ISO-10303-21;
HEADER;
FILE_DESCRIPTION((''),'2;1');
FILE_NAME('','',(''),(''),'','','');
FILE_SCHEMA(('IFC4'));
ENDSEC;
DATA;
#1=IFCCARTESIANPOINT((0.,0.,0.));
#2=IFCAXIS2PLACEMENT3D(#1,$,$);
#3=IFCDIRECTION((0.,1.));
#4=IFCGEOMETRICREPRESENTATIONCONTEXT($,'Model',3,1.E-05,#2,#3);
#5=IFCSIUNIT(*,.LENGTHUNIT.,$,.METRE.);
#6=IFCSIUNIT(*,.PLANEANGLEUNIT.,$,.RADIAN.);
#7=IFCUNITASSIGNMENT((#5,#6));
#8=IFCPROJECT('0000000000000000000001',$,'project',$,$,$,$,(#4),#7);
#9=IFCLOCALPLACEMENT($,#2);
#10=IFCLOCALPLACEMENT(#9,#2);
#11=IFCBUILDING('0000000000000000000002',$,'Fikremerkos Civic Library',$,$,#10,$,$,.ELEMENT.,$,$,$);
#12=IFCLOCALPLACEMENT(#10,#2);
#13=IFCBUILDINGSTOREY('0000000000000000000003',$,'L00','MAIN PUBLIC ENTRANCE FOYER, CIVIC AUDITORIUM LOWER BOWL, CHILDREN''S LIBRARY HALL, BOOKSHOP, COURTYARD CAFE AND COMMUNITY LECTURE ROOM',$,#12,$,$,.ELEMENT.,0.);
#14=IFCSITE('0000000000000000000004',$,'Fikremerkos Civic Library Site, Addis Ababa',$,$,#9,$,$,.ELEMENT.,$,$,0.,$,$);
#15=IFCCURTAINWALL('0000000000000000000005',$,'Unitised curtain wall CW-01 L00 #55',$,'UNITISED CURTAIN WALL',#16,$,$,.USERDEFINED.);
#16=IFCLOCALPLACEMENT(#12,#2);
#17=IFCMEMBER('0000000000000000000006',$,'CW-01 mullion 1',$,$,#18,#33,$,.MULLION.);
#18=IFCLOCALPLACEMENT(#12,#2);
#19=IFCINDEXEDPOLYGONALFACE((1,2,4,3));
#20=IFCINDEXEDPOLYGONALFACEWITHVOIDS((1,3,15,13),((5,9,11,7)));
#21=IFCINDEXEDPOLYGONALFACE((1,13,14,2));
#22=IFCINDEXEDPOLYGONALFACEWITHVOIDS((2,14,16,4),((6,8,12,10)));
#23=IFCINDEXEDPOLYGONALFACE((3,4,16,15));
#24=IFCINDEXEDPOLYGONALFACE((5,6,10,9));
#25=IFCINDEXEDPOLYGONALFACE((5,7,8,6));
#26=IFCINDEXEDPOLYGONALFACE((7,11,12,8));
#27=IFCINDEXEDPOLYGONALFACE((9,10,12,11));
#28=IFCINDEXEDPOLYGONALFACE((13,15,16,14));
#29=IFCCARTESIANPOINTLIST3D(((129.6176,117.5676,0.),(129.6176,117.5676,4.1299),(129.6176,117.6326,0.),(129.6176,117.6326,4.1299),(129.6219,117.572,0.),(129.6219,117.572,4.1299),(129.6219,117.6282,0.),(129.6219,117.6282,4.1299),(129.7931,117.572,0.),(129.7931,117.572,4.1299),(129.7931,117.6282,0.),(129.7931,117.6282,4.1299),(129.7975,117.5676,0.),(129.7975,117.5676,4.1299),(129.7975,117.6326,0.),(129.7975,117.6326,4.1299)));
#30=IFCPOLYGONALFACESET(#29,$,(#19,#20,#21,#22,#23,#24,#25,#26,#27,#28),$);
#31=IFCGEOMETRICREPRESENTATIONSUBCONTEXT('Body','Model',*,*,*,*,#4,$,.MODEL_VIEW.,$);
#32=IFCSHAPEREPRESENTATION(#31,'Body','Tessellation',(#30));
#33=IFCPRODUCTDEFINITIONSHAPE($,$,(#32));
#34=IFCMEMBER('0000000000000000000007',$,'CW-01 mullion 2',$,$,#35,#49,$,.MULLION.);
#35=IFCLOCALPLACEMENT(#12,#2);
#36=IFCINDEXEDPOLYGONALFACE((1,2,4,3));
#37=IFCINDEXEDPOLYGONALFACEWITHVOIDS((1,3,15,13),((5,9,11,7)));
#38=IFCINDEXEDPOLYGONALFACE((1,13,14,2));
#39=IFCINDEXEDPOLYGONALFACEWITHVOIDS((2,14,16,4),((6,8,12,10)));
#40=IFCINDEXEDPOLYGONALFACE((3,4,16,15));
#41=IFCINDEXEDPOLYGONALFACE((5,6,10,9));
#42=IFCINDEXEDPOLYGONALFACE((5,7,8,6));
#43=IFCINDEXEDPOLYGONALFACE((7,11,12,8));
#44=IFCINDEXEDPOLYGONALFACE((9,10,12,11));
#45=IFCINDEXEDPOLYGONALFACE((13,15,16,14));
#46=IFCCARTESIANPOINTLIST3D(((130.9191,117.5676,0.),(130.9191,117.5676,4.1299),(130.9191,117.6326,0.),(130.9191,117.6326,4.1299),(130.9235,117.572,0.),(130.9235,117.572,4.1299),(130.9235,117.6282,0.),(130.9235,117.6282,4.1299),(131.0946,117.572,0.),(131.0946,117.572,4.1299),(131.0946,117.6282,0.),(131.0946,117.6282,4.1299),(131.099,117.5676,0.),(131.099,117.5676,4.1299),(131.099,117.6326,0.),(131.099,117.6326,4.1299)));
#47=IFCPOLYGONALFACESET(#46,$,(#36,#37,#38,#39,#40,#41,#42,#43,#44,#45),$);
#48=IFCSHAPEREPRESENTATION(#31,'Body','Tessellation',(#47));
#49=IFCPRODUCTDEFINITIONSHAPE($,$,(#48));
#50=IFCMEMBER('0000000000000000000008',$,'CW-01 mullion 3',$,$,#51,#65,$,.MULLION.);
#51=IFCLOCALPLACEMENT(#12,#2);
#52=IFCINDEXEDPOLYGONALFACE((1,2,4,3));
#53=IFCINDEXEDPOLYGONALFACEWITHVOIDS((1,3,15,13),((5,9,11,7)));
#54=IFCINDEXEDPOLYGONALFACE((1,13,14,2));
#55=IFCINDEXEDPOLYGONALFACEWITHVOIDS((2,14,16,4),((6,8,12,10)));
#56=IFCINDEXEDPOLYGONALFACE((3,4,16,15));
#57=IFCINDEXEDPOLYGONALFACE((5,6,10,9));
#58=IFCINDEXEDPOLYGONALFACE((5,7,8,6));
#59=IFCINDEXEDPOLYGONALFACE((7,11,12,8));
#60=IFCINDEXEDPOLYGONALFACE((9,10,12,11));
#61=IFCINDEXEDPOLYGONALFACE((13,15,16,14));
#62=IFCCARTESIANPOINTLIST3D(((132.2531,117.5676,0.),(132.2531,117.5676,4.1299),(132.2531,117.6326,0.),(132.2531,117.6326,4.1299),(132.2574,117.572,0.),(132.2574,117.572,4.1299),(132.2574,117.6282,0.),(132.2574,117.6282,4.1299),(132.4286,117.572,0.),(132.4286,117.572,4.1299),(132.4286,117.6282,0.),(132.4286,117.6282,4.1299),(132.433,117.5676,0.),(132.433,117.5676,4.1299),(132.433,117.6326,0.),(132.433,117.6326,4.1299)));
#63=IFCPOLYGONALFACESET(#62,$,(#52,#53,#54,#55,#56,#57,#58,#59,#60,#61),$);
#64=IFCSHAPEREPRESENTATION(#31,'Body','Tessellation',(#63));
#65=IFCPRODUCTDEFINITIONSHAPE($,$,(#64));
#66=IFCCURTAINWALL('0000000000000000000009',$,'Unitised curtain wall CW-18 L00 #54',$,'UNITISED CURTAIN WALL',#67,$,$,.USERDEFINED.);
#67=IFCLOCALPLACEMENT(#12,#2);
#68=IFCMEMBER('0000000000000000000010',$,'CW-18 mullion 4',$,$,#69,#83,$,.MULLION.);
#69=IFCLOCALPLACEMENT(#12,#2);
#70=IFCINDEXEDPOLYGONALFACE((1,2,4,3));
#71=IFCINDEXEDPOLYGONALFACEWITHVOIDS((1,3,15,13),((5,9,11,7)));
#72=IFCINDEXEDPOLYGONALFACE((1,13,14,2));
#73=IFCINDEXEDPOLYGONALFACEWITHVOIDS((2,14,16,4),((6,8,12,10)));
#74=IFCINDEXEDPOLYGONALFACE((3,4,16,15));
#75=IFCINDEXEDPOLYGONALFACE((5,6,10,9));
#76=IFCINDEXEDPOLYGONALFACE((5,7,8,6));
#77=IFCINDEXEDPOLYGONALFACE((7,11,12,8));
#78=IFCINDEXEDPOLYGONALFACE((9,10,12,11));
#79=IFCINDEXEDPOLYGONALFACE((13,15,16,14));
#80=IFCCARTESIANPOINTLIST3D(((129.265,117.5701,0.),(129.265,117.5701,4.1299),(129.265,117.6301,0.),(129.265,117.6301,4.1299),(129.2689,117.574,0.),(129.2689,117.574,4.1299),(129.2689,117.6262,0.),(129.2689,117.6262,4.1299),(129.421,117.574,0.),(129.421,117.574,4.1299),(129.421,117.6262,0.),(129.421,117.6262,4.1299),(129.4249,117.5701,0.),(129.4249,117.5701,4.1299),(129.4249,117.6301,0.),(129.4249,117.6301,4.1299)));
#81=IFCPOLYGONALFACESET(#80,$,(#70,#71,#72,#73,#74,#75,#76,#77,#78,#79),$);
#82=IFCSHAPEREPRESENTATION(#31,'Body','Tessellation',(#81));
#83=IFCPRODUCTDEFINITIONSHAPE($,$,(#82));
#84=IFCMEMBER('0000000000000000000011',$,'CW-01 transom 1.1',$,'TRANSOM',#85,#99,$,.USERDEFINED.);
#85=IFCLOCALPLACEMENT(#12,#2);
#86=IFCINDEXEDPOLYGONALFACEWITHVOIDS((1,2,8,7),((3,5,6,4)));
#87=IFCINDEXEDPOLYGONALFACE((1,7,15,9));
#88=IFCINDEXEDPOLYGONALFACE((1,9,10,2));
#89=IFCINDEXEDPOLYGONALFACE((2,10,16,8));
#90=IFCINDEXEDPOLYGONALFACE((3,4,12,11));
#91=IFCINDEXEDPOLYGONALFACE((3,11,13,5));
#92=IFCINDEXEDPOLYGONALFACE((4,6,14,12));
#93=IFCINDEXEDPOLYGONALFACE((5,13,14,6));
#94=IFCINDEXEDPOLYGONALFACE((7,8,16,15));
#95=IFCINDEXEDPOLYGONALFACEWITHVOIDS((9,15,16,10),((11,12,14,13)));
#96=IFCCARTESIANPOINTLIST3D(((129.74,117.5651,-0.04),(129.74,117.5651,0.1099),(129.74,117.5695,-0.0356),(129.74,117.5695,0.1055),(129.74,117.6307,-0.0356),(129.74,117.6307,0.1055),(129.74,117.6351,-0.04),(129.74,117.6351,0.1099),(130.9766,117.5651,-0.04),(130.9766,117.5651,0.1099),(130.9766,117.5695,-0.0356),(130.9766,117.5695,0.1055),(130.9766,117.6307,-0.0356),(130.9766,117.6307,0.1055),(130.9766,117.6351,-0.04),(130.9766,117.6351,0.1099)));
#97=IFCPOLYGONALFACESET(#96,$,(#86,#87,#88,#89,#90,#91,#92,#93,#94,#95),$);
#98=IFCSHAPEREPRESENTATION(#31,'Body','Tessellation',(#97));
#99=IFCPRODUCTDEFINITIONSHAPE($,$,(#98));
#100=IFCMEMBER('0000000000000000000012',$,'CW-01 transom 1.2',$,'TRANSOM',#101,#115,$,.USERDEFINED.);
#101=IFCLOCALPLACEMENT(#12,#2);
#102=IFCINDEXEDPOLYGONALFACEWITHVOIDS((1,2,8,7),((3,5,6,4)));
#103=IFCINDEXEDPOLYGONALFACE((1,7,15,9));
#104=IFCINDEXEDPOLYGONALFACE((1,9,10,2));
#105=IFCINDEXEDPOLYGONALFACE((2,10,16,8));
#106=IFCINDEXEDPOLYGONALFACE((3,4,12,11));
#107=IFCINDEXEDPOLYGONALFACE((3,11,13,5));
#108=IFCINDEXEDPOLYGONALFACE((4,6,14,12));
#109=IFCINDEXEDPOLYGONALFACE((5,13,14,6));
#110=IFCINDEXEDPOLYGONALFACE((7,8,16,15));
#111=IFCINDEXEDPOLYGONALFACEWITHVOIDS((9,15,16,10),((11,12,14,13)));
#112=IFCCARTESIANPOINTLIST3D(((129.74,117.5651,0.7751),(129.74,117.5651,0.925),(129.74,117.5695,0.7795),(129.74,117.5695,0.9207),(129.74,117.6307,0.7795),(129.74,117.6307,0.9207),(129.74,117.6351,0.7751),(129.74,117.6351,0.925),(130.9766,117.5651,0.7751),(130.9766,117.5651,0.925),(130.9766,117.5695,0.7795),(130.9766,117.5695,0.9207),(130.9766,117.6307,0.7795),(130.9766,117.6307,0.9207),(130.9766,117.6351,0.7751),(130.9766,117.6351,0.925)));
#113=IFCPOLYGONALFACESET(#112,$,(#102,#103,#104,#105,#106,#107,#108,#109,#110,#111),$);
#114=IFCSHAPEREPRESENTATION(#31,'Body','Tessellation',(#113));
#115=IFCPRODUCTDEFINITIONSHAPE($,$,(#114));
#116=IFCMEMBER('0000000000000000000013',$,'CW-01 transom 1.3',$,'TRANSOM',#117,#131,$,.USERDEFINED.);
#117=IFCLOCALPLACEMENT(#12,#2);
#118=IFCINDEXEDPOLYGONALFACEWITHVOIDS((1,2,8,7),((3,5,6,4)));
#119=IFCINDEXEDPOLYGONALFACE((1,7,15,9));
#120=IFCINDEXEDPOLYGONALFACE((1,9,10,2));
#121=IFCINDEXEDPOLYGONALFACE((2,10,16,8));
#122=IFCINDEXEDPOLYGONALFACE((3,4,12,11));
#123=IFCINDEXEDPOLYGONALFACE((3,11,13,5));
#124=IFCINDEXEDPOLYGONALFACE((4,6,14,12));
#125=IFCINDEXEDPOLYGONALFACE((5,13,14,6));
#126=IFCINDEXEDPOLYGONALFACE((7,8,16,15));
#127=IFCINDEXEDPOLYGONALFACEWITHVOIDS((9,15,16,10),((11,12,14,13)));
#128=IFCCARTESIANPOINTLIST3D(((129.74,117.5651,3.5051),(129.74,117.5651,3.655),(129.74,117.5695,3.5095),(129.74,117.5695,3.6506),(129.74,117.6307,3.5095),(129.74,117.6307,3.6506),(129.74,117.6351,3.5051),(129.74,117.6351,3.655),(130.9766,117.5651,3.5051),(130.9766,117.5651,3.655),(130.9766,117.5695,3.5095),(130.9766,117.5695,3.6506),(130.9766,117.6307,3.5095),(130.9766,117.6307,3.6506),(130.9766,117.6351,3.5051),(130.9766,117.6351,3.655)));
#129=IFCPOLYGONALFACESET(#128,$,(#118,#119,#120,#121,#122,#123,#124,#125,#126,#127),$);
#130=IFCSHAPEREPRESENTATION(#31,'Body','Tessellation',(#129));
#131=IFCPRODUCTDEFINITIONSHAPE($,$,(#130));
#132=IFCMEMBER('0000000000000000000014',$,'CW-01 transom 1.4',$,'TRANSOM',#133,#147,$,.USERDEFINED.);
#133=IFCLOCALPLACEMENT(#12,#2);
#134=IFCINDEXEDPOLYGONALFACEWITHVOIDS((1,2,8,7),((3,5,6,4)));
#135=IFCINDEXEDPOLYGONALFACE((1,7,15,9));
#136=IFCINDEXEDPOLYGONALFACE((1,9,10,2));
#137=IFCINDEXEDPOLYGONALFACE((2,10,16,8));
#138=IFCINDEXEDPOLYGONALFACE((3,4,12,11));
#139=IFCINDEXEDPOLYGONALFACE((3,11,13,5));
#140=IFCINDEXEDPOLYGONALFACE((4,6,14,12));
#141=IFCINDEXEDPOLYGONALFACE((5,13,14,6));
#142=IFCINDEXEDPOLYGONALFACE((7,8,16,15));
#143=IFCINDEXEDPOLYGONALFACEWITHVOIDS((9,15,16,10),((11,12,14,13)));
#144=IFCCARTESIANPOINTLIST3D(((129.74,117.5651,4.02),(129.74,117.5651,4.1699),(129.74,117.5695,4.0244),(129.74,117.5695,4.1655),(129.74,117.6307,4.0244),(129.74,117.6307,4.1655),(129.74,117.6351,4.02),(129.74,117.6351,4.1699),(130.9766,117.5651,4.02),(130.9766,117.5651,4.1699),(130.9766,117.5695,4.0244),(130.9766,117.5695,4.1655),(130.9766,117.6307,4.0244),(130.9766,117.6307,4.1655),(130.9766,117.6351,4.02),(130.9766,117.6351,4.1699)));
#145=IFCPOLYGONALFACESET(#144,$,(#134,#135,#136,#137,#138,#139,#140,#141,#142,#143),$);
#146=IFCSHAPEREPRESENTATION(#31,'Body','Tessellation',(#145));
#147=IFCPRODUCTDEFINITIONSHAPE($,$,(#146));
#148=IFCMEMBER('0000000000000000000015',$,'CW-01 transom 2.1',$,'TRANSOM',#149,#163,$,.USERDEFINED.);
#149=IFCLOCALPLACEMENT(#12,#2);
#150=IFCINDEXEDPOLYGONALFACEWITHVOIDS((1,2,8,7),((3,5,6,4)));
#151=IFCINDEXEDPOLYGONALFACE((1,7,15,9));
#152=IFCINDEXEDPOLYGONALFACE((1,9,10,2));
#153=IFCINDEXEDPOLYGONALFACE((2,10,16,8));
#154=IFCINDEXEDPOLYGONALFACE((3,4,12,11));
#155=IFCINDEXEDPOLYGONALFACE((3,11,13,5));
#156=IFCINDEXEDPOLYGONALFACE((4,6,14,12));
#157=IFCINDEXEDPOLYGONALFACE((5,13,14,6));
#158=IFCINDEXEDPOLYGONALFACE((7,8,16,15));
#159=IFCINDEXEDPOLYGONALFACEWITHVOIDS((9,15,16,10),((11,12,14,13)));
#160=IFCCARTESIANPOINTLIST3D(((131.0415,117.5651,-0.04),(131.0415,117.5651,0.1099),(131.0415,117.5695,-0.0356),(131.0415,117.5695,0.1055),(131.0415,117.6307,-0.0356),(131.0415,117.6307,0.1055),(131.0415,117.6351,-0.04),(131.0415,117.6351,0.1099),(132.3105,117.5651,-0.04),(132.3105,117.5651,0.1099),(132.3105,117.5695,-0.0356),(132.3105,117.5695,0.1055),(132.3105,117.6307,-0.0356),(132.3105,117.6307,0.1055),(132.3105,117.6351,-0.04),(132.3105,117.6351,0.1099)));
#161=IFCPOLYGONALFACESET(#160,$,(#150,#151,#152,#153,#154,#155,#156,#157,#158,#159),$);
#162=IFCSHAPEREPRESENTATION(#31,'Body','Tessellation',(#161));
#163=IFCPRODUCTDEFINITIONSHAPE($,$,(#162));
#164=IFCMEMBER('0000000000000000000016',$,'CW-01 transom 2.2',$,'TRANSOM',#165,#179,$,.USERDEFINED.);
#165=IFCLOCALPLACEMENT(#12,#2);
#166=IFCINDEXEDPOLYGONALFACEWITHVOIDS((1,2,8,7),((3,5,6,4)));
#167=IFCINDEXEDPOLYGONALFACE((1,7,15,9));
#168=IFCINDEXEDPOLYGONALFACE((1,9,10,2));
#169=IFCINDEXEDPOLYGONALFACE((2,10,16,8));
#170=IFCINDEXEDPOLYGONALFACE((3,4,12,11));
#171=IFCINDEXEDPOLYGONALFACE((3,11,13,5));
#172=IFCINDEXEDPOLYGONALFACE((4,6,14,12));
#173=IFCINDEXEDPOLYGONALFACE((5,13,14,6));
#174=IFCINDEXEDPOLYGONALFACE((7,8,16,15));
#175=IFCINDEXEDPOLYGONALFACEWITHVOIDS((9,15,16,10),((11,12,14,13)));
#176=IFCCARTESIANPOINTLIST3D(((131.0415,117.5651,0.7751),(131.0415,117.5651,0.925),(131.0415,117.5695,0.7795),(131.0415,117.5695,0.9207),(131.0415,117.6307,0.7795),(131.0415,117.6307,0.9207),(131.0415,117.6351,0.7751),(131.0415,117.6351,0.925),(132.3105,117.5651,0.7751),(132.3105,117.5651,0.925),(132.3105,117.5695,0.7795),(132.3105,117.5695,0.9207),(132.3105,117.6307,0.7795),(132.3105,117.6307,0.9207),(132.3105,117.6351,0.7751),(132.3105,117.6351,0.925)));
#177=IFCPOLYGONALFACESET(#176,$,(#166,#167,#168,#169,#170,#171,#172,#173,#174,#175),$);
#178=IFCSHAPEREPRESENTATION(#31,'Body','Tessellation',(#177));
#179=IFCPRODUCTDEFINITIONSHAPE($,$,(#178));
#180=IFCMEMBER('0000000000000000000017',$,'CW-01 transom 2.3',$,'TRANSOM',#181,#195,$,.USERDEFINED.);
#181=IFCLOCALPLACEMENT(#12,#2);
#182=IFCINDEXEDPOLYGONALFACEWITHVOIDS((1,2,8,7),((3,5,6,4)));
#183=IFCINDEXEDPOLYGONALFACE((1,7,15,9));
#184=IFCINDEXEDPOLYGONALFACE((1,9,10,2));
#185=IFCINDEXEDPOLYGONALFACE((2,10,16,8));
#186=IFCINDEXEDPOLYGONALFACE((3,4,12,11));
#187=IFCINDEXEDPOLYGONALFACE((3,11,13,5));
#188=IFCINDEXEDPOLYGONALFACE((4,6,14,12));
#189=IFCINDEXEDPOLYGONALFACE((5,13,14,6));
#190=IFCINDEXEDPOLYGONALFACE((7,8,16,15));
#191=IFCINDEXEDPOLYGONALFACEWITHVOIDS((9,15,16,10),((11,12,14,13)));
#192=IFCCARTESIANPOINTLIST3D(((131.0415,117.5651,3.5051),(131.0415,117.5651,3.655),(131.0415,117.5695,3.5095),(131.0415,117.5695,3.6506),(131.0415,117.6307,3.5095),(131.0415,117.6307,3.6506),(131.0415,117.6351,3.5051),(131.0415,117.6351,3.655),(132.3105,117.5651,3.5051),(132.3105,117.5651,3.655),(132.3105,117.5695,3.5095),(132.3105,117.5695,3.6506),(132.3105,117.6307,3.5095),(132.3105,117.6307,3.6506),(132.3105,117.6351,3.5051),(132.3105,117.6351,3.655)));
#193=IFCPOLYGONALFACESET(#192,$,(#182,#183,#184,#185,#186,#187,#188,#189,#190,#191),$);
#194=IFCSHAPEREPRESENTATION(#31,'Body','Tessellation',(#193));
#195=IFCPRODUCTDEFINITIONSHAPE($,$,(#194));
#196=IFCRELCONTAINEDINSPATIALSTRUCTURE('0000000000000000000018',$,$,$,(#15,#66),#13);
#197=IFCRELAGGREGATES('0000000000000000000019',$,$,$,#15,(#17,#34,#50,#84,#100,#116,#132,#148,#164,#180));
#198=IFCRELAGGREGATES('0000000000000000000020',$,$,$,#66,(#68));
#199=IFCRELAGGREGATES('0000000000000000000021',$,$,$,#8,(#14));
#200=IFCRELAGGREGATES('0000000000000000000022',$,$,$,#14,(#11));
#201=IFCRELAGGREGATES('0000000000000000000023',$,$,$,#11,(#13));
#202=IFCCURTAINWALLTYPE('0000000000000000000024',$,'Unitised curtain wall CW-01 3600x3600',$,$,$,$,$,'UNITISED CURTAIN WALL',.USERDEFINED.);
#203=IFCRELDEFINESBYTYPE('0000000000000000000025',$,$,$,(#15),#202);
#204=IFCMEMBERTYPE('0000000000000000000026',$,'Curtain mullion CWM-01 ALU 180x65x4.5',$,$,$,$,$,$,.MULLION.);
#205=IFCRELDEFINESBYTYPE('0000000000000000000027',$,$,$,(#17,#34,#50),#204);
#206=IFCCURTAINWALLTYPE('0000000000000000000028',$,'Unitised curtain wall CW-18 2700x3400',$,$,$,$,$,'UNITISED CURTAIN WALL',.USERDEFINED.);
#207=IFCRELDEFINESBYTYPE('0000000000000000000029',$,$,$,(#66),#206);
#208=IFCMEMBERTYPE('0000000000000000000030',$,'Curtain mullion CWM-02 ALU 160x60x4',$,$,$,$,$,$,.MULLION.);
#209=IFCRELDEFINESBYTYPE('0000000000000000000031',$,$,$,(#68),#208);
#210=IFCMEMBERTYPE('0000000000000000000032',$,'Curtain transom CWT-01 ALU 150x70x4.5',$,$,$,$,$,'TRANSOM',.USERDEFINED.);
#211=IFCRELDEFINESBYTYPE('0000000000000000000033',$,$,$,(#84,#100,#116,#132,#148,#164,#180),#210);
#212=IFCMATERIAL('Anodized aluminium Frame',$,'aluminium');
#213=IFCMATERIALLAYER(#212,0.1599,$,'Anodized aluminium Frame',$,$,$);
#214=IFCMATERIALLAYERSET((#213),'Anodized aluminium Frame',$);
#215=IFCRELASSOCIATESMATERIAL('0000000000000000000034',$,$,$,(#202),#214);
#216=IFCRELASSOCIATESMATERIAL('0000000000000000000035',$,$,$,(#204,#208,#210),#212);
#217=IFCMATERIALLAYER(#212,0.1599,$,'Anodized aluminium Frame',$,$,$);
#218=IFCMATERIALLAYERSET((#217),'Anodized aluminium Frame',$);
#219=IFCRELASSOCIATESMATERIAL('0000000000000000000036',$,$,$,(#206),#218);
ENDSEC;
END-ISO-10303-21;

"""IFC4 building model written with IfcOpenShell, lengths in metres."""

from ifc_helpers import new_model, si_unit, direction, frame, origin, origin_2d, place, context, subcontext, project, spatial, hollow_rectangle, extrude, material, layer, layer_set, material_profile, profile_set, type_object, element, aggregate, save


model = new_model("IFC4")

# Units and contexts
model_context = context("Model", 3, precision=1e-05, world=origin(), true_north=direction((0.0, 1.0)))
body_context = subcontext(model_context, "Body", "Model", "MODEL_VIEW")
ifc_project = project(units=[si_unit("LENGTHUNIT", "METRE"), si_unit("PLANEANGLEUNIT", "RADIAN")], contexts=[model_context])

# Site, building, storey
site_placement = place(None, origin())
site = spatial("IfcSite", under=ifc_project, at=site_placement, Name="Fikremerkos Civic Library Site, Addis Ababa", CompositionType="ELEMENT", RefElevation=0.0)
building_placement = place(site_placement, origin())
building = spatial("IfcBuilding", under=site, at=building_placement, Name="Fikremerkos Civic Library", CompositionType="ELEMENT")
storey_placement = place(building_placement, origin())
storey = spatial("IfcBuildingStorey", under=building, at=storey_placement, Name="L00", Description="MAIN PUBLIC ENTRANCE FOYER, CIVIC AUDITORIUM LOWER BOWL, CHILDREN'S LIBRARY HALL, BOOKSHOP, COURTYARD CAFE AND COMMUNITY LECTURE ROOM", CompositionType="ELEMENT", Elevation=0.0)

# Curtain wall, members
ifc_material_1 = material(Name="Anodized aluminium Frame", Category="aluminium")
ifc_layer_1 = layer(ifc_material_1, 0.1599, Name="Anodized aluminium Frame")
ifc_layer_set_1 = layer_set([ifc_layer_1], Name="Anodized aluminium Frame")
curtain_wall_type_1 = type_object("IfcCurtainWallType", Name="Unitised curtain wall CW-01 3600x3600", ElementType="UNITISED CURTAIN WALL", PredefinedType="USERDEFINED", material=ifc_layer_set_1)
curtain_wall_1_placement = place(storey_placement, origin())
curtain_wall_1 = element("IfcCurtainWall", 1, at=curtain_wall_1_placement, inside=storey, type_object=curtain_wall_type_1, Name="Unitised curtain wall CW-01 L00 #55", ObjectType="UNITISED CURTAIN WALL", PredefinedType="USERDEFINED")
ifc_material_profile_1 = material_profile(ifc_material_1, hollow_rectangle(XDim=0.0649, YDim=0.1799, WallThickness=0.0044, at=origin_2d()), Name="ALU 180x65x4.5")
ifc_profile_set_1 = profile_set([ifc_material_profile_1], Name="Anodized aluminium Frame")
member_type_1 = type_object("IfcMemberType", Name="Curtain mullion CWM-01 ALU 180x65x4.5", PredefinedType="MULLION", material=ifc_profile_set_1)
member_1_placement = place(storey_placement, frame((129.7075, 117.6001, 0.0), z_axis=(0.0, 0.0, 1.0), x_axis=(0.0, 1.0, 0.0)))
member_1 = element("IfcMember", 2, at=member_1_placement, type_object=member_type_1, Name="CW-01 mullion 1", PredefinedType="MULLION", context=body_context, shape_type="SweptSolid", body=[
    extrude(hollow_rectangle(XDim=0.0649, YDim=0.1799, WallThickness=0.0044, at=origin_2d()), origin(), (0.0, 0.0, 1.0), 4.1299),
])
member_2_placement = place(storey_placement, frame((131.009, 117.6001, 0.0), z_axis=(0.0, 0.0, 1.0), x_axis=(0.0, 1.0, 0.0)))
member_2 = element("IfcMember", 3, at=member_2_placement, type_object=member_type_1, Name="CW-01 mullion 2", PredefinedType="MULLION", context=body_context, shape_type="SweptSolid", body=[
    extrude(hollow_rectangle(XDim=0.0649, YDim=0.1799, WallThickness=0.0044, at=origin_2d()), origin(), (0.0, 0.0, 1.0), 4.1299),
])
member_3_placement = place(storey_placement, frame((132.343, 117.6001, 0.0), z_axis=(0.0, 0.0, 1.0), x_axis=(0.0, 1.0, 0.0)))
member_3 = element("IfcMember", 4, at=member_3_placement, type_object=member_type_1, Name="CW-01 mullion 3", PredefinedType="MULLION", context=body_context, shape_type="SweptSolid", body=[
    extrude(hollow_rectangle(XDim=0.0649, YDim=0.1799, WallThickness=0.0044, at=origin_2d()), origin(), (0.0, 0.0, 1.0), 4.1299),
])

# Curtain wall, member
ifc_layer_2 = layer(ifc_material_1, 0.1599, Name="Anodized aluminium Frame")
ifc_layer_set_2 = layer_set([ifc_layer_2], Name="Anodized aluminium Frame")
curtain_wall_type_2 = type_object("IfcCurtainWallType", Name="Unitised curtain wall CW-18 2700x3400", ElementType="UNITISED CURTAIN WALL", PredefinedType="USERDEFINED", material=ifc_layer_set_2)
curtain_wall_2_placement = place(storey_placement, origin())
curtain_wall_2 = element("IfcCurtainWall", 5, at=curtain_wall_2_placement, inside=storey, type_object=curtain_wall_type_2, Name="Unitised curtain wall CW-18 L00 #54", ObjectType="UNITISED CURTAIN WALL", PredefinedType="USERDEFINED")
ifc_material_profile_2 = material_profile(ifc_material_1, hollow_rectangle(XDim=0.0601, YDim=0.1599, WallThickness=0.0039, at=origin_2d()), Name="ALU 160x60x4")
ifc_profile_set_2 = profile_set([ifc_material_profile_2], Name="Anodized aluminium Frame")
member_type_2 = type_object("IfcMemberType", Name="Curtain mullion CWM-02 ALU 160x60x4", PredefinedType="MULLION", material=ifc_profile_set_2)
member_4_placement = place(storey_placement, frame((129.345, 117.6001, 0.0), z_axis=(0.0, 0.0, 1.0), x_axis=(0.0, 1.0, 0.0)))
member_4 = element("IfcMember", 6, at=member_4_placement, type_object=member_type_2, Name="CW-18 mullion 4", PredefinedType="MULLION", context=body_context, shape_type="SweptSolid", body=[
    extrude(hollow_rectangle(XDim=0.0601, YDim=0.1599, WallThickness=0.0039, at=origin_2d()), origin(), (0.0, 0.0, 1.0), 4.1299),
])

# Members
ifc_material_profile_3 = material_profile(ifc_material_1, hollow_rectangle(XDim=0.0701, YDim=0.1499, WallThickness=0.0044, at=origin_2d()), Name="ALU 150x70x4.5")
ifc_profile_set_3 = profile_set([ifc_material_profile_3], Name="Anodized aluminium Frame")
member_type_3 = type_object("IfcMemberType", Name="Curtain transom CWT-01 ALU 150x70x4.5", ElementType="TRANSOM", PredefinedType="USERDEFINED", material=ifc_profile_set_3)
member_5_placement = place(storey_placement, frame((129.74, 117.6001, 0.0349), z_axis=(1.0, 0.0, 0.0), x_axis=(0.0, 1.0, 0.0)))
member_5 = element("IfcMember", 7, at=member_5_placement, type_object=member_type_3, Name="CW-01 transom 1.1", ObjectType="TRANSOM", PredefinedType="USERDEFINED", context=body_context, shape_type="SweptSolid", body=[
    extrude(hollow_rectangle(XDim=0.0701, YDim=0.1499, WallThickness=0.0044, at=origin_2d()), origin(), (0.0, 0.0, 1.0), 1.2366),
])
member_6_placement = place(storey_placement, frame((129.74, 117.6001, 0.8501), z_axis=(1.0, 0.0, 0.0), x_axis=(0.0, 1.0, 0.0)))
member_6 = element("IfcMember", 8, at=member_6_placement, type_object=member_type_3, Name="CW-01 transom 1.2", ObjectType="TRANSOM", PredefinedType="USERDEFINED", context=body_context, shape_type="SweptSolid", body=[
    extrude(hollow_rectangle(XDim=0.0701, YDim=0.1499, WallThickness=0.0044, at=origin_2d()), origin(), (0.0, 0.0, 1.0), 1.2366),
])
member_7_placement = place(storey_placement, frame((129.74, 117.6001, 3.5801), z_axis=(1.0, 0.0, 0.0), x_axis=(0.0, 1.0, 0.0)))
member_7 = element("IfcMember", 9, at=member_7_placement, type_object=member_type_3, Name="CW-01 transom 1.3", ObjectType="TRANSOM", PredefinedType="USERDEFINED", context=body_context, shape_type="SweptSolid", body=[
    extrude(hollow_rectangle(XDim=0.0701, YDim=0.1499, WallThickness=0.0044, at=origin_2d()), origin(), (0.0, 0.0, 1.0), 1.2366),
])
member_8_placement = place(storey_placement, frame((129.74, 117.6001, 4.095), z_axis=(1.0, 0.0, 0.0), x_axis=(0.0, 1.0, 0.0)))
member_8 = element("IfcMember", 10, at=member_8_placement, type_object=member_type_3, Name="CW-01 transom 1.4", ObjectType="TRANSOM", PredefinedType="USERDEFINED", context=body_context, shape_type="SweptSolid", body=[
    extrude(hollow_rectangle(XDim=0.0701, YDim=0.1499, WallThickness=0.0044, at=origin_2d()), origin(), (0.0, 0.0, 1.0), 1.2366),
])
member_9_placement = place(storey_placement, frame((131.0415, 117.6001, 0.0349), z_axis=(1.0, 0.0, 0.0), x_axis=(0.0, 1.0, 0.0)))
member_9 = element("IfcMember", 11, at=member_9_placement, type_object=member_type_3, Name="CW-01 transom 2.1", ObjectType="TRANSOM", PredefinedType="USERDEFINED", context=body_context, shape_type="SweptSolid", body=[
    extrude(hollow_rectangle(XDim=0.0701, YDim=0.1499, WallThickness=0.0044, at=origin_2d()), origin(), (0.0, 0.0, 1.0), 1.269),
])
member_10_placement = place(storey_placement, frame((131.0415, 117.6001, 0.8501), z_axis=(1.0, 0.0, 0.0), x_axis=(0.0, 1.0, 0.0)))
member_10 = element("IfcMember", 12, at=member_10_placement, type_object=member_type_3, Name="CW-01 transom 2.2", ObjectType="TRANSOM", PredefinedType="USERDEFINED", context=body_context, shape_type="SweptSolid", body=[
    extrude(hollow_rectangle(XDim=0.0701, YDim=0.1499, WallThickness=0.0044, at=origin_2d()), origin(), (0.0, 0.0, 1.0), 1.269),
])
member_11_placement = place(storey_placement, frame((131.0415, 117.6001, 3.5801), z_axis=(1.0, 0.0, 0.0), x_axis=(0.0, 1.0, 0.0)))
member_11 = element("IfcMember", 13, at=member_11_placement, type_object=member_type_3, Name="CW-01 transom 2.3", ObjectType="TRANSOM", PredefinedType="USERDEFINED", context=body_context, shape_type="SweptSolid", body=[
    extrude(hollow_rectangle(XDim=0.0701, YDim=0.1499, WallThickness=0.0044, at=origin_2d()), origin(), (0.0, 0.0, 1.0), 1.269),
])

aggregate(curtain_wall_1, [member_1, member_2, member_3, member_5, member_6, member_7, member_8, member_9, member_10, member_11])
aggregate(curtain_wall_2, [member_4])

save(model, "model.ifc")
